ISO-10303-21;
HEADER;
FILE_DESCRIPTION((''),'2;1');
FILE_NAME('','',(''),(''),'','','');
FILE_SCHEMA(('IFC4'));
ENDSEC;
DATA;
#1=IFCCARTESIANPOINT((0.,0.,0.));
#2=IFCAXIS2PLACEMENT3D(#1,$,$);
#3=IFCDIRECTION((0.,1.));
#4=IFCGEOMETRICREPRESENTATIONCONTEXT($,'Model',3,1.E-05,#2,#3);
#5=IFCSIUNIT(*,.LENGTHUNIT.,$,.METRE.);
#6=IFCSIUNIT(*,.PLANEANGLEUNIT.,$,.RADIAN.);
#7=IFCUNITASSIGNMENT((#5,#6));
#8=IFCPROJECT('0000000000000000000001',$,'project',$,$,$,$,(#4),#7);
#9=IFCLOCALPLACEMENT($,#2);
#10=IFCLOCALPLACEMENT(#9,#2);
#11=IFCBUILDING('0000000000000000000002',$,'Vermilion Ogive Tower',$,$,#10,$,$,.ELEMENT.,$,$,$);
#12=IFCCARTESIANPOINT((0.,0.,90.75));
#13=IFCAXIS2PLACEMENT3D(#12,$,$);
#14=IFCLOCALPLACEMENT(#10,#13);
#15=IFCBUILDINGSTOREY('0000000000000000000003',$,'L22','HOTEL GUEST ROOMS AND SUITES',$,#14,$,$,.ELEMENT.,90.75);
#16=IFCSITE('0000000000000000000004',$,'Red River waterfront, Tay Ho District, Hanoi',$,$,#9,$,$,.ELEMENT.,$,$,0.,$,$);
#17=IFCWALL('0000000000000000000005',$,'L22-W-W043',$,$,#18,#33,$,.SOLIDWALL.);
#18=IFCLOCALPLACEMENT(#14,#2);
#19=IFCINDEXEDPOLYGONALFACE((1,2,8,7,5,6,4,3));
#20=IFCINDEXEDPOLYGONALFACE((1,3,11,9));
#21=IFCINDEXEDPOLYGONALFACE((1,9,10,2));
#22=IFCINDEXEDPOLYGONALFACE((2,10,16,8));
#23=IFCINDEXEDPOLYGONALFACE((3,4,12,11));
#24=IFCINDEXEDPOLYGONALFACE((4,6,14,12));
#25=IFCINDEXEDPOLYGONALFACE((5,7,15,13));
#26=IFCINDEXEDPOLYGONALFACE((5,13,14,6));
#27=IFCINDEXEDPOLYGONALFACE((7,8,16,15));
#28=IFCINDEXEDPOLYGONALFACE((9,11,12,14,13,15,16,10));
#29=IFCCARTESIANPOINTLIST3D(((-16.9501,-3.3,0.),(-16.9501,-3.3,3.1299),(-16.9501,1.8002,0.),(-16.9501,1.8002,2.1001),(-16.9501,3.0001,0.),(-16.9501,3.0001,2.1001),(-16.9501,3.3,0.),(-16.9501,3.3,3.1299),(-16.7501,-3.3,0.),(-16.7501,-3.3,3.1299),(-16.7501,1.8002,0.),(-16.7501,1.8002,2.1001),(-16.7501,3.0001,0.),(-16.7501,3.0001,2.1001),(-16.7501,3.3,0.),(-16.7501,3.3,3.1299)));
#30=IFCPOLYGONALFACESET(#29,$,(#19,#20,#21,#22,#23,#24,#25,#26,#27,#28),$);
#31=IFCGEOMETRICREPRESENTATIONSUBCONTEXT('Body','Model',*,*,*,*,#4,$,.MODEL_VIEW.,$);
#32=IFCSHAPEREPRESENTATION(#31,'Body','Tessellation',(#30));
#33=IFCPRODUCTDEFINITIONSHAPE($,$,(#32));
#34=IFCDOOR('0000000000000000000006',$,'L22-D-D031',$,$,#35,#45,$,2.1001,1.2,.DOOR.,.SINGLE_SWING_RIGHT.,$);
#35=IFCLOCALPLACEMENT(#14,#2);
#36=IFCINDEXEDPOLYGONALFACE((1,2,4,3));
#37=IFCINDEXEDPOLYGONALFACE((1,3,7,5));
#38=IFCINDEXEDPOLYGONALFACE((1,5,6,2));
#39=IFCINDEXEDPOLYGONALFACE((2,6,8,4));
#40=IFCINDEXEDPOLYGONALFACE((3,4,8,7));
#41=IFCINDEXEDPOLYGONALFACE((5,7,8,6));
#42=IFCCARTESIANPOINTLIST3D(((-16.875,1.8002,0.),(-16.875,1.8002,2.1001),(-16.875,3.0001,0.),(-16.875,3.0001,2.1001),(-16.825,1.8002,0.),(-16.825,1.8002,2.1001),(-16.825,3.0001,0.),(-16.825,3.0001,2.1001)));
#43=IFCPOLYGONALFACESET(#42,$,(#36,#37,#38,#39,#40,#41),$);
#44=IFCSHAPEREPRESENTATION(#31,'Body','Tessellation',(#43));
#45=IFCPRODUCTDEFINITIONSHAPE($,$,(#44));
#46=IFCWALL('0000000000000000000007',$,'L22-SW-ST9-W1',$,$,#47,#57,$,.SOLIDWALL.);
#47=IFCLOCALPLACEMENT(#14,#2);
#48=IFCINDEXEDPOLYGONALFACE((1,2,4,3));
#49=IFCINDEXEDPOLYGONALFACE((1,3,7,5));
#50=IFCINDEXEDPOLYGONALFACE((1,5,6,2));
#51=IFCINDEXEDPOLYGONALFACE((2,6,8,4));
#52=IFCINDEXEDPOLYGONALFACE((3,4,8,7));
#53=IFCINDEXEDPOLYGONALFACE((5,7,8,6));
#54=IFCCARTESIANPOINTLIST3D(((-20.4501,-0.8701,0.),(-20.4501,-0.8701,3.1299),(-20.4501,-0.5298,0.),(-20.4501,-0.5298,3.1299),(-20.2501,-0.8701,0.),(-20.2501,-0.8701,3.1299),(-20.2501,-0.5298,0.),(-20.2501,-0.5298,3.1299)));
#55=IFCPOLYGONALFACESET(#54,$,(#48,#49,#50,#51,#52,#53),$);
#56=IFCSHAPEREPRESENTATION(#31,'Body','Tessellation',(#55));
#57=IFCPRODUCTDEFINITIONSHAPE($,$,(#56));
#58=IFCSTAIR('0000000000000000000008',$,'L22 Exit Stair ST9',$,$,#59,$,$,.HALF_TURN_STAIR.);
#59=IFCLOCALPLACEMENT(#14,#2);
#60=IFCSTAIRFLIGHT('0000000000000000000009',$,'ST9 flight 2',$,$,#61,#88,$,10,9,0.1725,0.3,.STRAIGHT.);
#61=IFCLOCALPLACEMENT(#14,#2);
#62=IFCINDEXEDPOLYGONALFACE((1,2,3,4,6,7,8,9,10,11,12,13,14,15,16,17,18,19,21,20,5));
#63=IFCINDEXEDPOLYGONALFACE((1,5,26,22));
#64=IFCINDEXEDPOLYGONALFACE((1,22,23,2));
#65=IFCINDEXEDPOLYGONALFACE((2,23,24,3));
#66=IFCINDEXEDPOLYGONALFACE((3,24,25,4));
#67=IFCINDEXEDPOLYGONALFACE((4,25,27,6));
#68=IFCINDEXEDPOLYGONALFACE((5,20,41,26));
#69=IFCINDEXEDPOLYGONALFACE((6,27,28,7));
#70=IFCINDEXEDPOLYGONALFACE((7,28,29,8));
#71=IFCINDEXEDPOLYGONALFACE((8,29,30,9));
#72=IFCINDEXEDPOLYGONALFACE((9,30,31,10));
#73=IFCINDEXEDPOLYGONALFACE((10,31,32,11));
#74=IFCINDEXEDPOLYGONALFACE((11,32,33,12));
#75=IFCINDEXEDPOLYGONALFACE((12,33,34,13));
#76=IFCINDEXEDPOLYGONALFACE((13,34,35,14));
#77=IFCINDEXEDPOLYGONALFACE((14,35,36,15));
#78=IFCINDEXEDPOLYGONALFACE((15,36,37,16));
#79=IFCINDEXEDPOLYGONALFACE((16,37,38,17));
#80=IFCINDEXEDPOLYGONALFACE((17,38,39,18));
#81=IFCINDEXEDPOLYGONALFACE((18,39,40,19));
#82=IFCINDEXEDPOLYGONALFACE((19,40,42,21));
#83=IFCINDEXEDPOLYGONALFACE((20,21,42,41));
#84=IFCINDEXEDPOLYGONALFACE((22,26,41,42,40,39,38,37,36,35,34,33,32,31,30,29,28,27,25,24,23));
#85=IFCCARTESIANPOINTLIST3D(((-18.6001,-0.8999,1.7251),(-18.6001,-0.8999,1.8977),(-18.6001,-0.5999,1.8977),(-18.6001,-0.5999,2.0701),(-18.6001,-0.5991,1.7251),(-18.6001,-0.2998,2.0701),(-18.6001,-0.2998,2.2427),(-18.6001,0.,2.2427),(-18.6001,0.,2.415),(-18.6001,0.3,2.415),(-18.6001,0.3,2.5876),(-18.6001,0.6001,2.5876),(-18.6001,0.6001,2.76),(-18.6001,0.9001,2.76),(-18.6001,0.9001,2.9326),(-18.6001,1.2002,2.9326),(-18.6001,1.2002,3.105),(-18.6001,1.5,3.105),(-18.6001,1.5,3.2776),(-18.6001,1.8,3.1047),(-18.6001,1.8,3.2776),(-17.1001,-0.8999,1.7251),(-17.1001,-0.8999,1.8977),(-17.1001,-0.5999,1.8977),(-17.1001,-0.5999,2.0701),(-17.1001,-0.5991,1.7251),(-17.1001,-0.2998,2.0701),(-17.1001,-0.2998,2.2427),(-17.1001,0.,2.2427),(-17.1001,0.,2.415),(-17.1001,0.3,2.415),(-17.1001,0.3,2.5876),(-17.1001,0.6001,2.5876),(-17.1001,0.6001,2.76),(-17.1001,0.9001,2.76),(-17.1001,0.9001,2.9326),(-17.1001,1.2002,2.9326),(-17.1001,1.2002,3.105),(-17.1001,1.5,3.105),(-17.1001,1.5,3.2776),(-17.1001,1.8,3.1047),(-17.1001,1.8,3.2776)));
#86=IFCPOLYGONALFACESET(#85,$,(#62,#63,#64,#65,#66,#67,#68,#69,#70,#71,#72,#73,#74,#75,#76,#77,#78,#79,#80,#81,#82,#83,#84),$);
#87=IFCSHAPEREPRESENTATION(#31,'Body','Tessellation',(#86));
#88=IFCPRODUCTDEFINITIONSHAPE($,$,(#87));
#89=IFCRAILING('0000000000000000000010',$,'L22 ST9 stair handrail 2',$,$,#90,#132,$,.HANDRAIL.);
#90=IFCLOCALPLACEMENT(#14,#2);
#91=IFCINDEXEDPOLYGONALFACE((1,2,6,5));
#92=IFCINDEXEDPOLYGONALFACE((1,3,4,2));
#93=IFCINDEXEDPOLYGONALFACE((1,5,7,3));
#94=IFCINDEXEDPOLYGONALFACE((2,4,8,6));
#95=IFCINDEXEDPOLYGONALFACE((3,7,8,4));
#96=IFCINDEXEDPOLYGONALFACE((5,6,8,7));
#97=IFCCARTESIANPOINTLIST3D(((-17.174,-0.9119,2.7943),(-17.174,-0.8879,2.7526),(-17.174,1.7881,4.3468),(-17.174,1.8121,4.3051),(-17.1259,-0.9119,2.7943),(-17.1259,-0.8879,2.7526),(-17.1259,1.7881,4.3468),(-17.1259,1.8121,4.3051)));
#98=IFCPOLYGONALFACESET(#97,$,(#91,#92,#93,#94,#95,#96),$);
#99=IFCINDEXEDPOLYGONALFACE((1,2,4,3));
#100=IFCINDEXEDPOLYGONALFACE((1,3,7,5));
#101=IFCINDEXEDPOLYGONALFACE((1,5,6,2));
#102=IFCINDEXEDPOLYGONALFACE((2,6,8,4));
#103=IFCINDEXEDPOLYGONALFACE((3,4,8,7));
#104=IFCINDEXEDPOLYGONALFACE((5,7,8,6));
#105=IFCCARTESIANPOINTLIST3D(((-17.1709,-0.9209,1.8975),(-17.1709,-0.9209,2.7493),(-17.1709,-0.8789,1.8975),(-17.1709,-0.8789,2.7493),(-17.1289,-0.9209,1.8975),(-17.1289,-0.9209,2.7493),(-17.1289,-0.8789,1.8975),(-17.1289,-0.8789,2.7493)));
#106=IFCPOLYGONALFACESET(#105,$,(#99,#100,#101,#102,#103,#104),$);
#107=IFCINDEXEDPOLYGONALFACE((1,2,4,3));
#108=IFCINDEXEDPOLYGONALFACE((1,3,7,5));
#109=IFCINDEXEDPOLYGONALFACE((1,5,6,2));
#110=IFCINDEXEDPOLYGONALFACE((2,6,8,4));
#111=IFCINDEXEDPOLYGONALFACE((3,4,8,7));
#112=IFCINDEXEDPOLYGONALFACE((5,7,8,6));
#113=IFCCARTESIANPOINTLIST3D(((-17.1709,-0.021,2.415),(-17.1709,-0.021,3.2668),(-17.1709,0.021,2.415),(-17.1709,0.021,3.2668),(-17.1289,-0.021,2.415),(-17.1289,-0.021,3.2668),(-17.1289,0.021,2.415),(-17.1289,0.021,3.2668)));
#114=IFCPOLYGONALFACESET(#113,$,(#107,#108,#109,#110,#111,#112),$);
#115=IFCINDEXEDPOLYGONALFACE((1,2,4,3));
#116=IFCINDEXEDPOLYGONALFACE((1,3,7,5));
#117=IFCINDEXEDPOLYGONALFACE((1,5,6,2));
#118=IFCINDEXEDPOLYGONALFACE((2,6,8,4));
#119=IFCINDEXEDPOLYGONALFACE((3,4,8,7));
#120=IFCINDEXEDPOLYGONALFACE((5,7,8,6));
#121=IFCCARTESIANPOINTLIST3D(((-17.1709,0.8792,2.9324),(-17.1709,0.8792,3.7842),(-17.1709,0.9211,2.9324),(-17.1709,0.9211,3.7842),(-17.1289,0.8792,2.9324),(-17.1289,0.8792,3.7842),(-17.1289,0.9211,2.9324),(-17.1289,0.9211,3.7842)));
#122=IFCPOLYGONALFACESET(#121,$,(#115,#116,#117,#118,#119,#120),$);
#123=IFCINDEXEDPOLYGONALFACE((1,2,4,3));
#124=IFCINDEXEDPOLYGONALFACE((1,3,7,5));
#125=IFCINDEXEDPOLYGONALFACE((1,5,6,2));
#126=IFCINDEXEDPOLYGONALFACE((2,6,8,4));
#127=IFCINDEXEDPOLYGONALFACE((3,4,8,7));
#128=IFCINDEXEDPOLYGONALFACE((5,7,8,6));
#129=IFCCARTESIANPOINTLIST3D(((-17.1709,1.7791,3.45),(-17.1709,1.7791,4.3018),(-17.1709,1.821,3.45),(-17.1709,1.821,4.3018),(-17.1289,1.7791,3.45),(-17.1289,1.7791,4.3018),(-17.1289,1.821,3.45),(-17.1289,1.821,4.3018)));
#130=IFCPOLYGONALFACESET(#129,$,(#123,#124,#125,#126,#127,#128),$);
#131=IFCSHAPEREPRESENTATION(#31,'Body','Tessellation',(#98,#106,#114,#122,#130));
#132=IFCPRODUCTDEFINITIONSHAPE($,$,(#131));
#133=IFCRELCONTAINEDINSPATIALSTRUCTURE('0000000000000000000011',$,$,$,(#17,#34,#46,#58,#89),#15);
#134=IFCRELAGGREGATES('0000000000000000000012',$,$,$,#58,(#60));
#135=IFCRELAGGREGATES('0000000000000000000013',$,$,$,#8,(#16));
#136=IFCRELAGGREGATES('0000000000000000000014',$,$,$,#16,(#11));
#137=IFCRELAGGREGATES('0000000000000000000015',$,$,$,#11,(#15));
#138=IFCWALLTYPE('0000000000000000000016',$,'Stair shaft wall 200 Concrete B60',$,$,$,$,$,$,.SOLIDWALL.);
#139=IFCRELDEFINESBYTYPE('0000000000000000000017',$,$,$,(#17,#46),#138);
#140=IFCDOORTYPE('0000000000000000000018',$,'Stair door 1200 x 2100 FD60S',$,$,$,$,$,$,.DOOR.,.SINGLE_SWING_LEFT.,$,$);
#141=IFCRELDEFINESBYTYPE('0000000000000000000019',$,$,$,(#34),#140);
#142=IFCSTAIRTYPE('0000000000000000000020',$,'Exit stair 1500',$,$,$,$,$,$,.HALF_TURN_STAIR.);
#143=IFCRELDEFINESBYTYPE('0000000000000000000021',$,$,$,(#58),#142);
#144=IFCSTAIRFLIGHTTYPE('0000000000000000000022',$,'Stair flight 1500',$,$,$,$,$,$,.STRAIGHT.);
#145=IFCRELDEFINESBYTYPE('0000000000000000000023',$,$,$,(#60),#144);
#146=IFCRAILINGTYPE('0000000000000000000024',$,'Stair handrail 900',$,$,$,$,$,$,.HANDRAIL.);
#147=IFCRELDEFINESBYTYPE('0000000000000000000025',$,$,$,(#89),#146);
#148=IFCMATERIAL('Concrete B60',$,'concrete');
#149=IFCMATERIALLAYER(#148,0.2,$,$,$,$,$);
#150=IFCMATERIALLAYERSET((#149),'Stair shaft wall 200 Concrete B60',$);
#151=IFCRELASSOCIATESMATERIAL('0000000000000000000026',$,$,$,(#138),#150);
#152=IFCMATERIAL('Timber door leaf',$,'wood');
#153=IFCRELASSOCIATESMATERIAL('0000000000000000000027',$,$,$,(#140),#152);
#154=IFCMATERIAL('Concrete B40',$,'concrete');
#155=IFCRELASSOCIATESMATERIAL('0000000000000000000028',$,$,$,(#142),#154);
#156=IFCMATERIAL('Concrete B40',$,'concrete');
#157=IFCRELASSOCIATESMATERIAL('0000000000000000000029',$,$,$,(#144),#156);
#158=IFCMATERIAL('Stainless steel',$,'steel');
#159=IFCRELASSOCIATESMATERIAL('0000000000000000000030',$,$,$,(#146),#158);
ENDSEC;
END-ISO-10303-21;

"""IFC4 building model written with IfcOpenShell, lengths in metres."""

from ifc_helpers import new_model, si_unit, direction, frame, frame_2d, origin, origin_2d, place, context, subcontext, project, spatial, polyline, rectangle, outline, extrude, material, layer, layer_set, type_object, element, fill, aggregate, save


model = new_model("IFC4")

# Units and contexts
model_context = context("Model", 3, precision=1e-05, world=origin(), true_north=direction((0.0, 1.0)))
body_context = subcontext(model_context, "Body", "Model", "MODEL_VIEW")
ifc_project = project(units=[si_unit("LENGTHUNIT", "METRE"), si_unit("PLANEANGLEUNIT", "RADIAN")], contexts=[model_context])

# Site, building, storey
site_placement = place(None, origin())
site = spatial("IfcSite", under=ifc_project, at=site_placement, Name="Red River waterfront, Tay Ho District, Hanoi", CompositionType="ELEMENT", RefElevation=0.0)
building_placement = place(site_placement, origin())
building = spatial("IfcBuilding", under=site, at=building_placement, Name="Vermilion Ogive Tower", CompositionType="ELEMENT")
storey_placement = place(building_placement, frame((0.0, 0.0, 90.75)))
storey = spatial("IfcBuildingStorey", under=building, at=storey_placement, Name="L22", Description="HOTEL GUEST ROOMS AND SUITES", CompositionType="ELEMENT", Elevation=90.75)

# Shared definitions
ifc_material_1 = material(Name="Concrete B60", Category="concrete")
ifc_layer_1 = layer(ifc_material_1, 0.2)
ifc_layer_set_1 = layer_set([ifc_layer_1], Name="Stair shaft wall 200 Concrete B60")
wall_type_1 = type_object("IfcWallType", Name="Stair shaft wall 200 Concrete B60", PredefinedType="SOLIDWALL", material=ifc_layer_set_1)

# Wall, opening, door
wall_1_placement = place(storey_placement, frame((-16.8501, -3.3, 0.0), z_axis=(0.0, 0.0, 1.0), x_axis=(0.0, 1.0, 0.0)))
wall_1 = element("IfcWall", 1, at=wall_1_placement, inside=storey, type_object=wall_type_1, Name="L22-W-W043", PredefinedType="SOLIDWALL", context=body_context, shape_type="SweptSolid", body=[
    extrude(rectangle(XDim=6.6001, YDim=0.2, at=frame_2d((3.3, 0.0))), origin(), (0.0, 0.0, 1.0), 3.1299),
])
opening_1_placement = place(wall_1_placement, frame((5.1001, 0.0, 0.0)))
opening_1 = element("IfcOpeningElement", 2, at=opening_1_placement, cuts=wall_1, PredefinedType="OPENING", context=body_context, shape_type="SweptSolid", body=[
    extrude(rectangle(XDim=1.2, YDim=2.1001, at=frame_2d((0.6001, 1.05))), frame((0.0, 0.1099, 0.0), z_axis=(0.0, -1.0, 0.0), x_axis=(1.0, 0.0, 0.0)), (0.0, 0.0, 1.0), 0.22),
])
ifc_material_2 = material(Name="Timber door leaf", Category="wood")
door_type_1 = type_object("IfcDoorType", Name="Stair door 1200 x 2100 FD60S", OperationType="SINGLE_SWING_LEFT", PredefinedType="DOOR", material=ifc_material_2)
door_1_placement = place(opening_1_placement, origin())
door_1 = element("IfcDoor", 3, at=door_1_placement, inside=storey, type_object=door_type_1, Name="L22-D-D031", OperationType="SINGLE_SWING_RIGHT", OverallHeight=2.1001, OverallWidth=1.2, PredefinedType="DOOR", context=body_context, shape_type="SweptSolid", body=[
    extrude(rectangle(XDim=1.2, YDim=2.1001, at=frame_2d((0.6001, 1.05))), frame((0.0, 0.0249, 0.0), z_axis=(0.0, -1.0, 0.0), x_axis=(1.0, 0.0, 0.0)), (0.0, 0.0, 1.0), 0.05),
])
fill(opening_1, door_1)

# Wall
wall_2_placement = place(storey_placement, frame((-20.3501, -0.8701, 0.0), z_axis=(0.0, 0.0, 1.0), x_axis=(0.0, 1.0, 0.0)))
element("IfcWall", 4, at=wall_2_placement, inside=storey, type_object=wall_type_1, Name="L22-SW-ST9-W1", PredefinedType="SOLIDWALL", context=body_context, shape_type="SweptSolid", body=[
    extrude(rectangle(XDim=0.3403, YDim=0.2, at=frame_2d((0.1702, 0.0))), origin(), (0.0, 0.0, 1.0), 3.1299),
])

# Stair, stair flight
ifc_material_3 = material(Name="Concrete B40", Category="concrete")
stair_type = type_object("IfcStairType", Name="Exit stair 1500", PredefinedType="HALF_TURN_STAIR", material=ifc_material_3)
stair_placement = place(storey_placement, origin())
stair = element("IfcStair", 5, at=stair_placement, inside=storey, type_object=stair_type, Name="L22 Exit Stair ST9", PredefinedType="HALF_TURN_STAIR")
ifc_material_4 = material(Name="Concrete B40", Category="concrete")
stair_flight_type = type_object("IfcStairFlightType", Name="Stair flight 1500", PredefinedType="STRAIGHT", material=ifc_material_4)
stair_flight_placement = place(storey_placement, frame((-17.8501, -0.8999, 1.7251), z_axis=(0.0, 0.0, 1.0), x_axis=(0.0, 1.0, 0.0)))
stair_flight = element("IfcStairFlight", 6, at=stair_flight_placement, type_object=stair_flight_type, Name="ST9 flight 2", NumberOfRisers=10, NumberOfTreads=9, PredefinedType="STRAIGHT", RiserHeight=0.1725, TreadLength=0.3, context=body_context, shape_type="SweptSolid", body=[
    extrude(outline(polyline([(0.0, 0.0), (0.0, 0.1726), (0.3, 0.1726), (0.3, 0.345), (0.6001, 0.345), (0.6001, 0.5176), (0.8999, 0.5176), (0.8999, 0.6899), (1.2, 0.6899), (1.2, 0.8625), (1.5, 0.8625), (1.5, 1.0349), (1.8, 1.0349), (1.8, 1.2075), (2.1001, 1.2075), (2.1001, 1.3799), (2.3999, 1.3799), (2.3999, 1.5525), (2.7, 1.5525), (2.7, 1.7251), (2.7, 1.3796), (0.3008, 0.0), (0.0, 0.0)])), frame((0.0, 0.75, 0.0), z_axis=(0.0, -1.0, 0.0), x_axis=(1.0, 0.0, 0.0)), (0.0, 0.0, 1.0), 1.5),
])
aggregate(stair, [stair_flight])

# Railing
ifc_material_5 = material(Name="Stainless steel", Category="steel")
railing_type = type_object("IfcRailingType", Name="Stair handrail 900", PredefinedType="HANDRAIL", material=ifc_material_5)
railing_placement = place(storey_placement, frame((-17.1499, -0.8999, 1.8975)))
element("IfcRailing", 7, at=railing_placement, inside=storey, type_object=railing_type, Name="L22 ST9 stair handrail 2", PredefinedType="HANDRAIL", context=body_context, shape_type="SweptSolid", body=[
    extrude(rectangle(XDim=0.0481, YDim=0.0481, at=origin_2d()), frame((0.0, 0.0, 0.876), z_axis=(0.0, 0.866904, 0.498476), x_axis=(-1.0, 0.0, 0.0)), (0.0, 0.0, 1.0), 3.1145),
    extrude(rectangle(XDim=0.042, YDim=0.042, at=origin_2d()), origin(), (0.0, 0.0, 1.0), 0.8518),
    extrude(rectangle(XDim=0.042, YDim=0.042, at=origin_2d()), frame((0.0, 0.8999, 0.5176)), (0.0, 0.0, 1.0), 0.8518),
    extrude(rectangle(XDim=0.042, YDim=0.042, at=origin_2d()), frame((0.0, 1.8, 1.0349)), (0.0, 0.0, 1.0), 0.8518),
    extrude(rectangle(XDim=0.042, YDim=0.042, at=origin_2d()), frame((0.0, 2.7, 1.5525)), (0.0, 0.0, 1.0), 0.8518),
])

save(model, "model.ifc")
